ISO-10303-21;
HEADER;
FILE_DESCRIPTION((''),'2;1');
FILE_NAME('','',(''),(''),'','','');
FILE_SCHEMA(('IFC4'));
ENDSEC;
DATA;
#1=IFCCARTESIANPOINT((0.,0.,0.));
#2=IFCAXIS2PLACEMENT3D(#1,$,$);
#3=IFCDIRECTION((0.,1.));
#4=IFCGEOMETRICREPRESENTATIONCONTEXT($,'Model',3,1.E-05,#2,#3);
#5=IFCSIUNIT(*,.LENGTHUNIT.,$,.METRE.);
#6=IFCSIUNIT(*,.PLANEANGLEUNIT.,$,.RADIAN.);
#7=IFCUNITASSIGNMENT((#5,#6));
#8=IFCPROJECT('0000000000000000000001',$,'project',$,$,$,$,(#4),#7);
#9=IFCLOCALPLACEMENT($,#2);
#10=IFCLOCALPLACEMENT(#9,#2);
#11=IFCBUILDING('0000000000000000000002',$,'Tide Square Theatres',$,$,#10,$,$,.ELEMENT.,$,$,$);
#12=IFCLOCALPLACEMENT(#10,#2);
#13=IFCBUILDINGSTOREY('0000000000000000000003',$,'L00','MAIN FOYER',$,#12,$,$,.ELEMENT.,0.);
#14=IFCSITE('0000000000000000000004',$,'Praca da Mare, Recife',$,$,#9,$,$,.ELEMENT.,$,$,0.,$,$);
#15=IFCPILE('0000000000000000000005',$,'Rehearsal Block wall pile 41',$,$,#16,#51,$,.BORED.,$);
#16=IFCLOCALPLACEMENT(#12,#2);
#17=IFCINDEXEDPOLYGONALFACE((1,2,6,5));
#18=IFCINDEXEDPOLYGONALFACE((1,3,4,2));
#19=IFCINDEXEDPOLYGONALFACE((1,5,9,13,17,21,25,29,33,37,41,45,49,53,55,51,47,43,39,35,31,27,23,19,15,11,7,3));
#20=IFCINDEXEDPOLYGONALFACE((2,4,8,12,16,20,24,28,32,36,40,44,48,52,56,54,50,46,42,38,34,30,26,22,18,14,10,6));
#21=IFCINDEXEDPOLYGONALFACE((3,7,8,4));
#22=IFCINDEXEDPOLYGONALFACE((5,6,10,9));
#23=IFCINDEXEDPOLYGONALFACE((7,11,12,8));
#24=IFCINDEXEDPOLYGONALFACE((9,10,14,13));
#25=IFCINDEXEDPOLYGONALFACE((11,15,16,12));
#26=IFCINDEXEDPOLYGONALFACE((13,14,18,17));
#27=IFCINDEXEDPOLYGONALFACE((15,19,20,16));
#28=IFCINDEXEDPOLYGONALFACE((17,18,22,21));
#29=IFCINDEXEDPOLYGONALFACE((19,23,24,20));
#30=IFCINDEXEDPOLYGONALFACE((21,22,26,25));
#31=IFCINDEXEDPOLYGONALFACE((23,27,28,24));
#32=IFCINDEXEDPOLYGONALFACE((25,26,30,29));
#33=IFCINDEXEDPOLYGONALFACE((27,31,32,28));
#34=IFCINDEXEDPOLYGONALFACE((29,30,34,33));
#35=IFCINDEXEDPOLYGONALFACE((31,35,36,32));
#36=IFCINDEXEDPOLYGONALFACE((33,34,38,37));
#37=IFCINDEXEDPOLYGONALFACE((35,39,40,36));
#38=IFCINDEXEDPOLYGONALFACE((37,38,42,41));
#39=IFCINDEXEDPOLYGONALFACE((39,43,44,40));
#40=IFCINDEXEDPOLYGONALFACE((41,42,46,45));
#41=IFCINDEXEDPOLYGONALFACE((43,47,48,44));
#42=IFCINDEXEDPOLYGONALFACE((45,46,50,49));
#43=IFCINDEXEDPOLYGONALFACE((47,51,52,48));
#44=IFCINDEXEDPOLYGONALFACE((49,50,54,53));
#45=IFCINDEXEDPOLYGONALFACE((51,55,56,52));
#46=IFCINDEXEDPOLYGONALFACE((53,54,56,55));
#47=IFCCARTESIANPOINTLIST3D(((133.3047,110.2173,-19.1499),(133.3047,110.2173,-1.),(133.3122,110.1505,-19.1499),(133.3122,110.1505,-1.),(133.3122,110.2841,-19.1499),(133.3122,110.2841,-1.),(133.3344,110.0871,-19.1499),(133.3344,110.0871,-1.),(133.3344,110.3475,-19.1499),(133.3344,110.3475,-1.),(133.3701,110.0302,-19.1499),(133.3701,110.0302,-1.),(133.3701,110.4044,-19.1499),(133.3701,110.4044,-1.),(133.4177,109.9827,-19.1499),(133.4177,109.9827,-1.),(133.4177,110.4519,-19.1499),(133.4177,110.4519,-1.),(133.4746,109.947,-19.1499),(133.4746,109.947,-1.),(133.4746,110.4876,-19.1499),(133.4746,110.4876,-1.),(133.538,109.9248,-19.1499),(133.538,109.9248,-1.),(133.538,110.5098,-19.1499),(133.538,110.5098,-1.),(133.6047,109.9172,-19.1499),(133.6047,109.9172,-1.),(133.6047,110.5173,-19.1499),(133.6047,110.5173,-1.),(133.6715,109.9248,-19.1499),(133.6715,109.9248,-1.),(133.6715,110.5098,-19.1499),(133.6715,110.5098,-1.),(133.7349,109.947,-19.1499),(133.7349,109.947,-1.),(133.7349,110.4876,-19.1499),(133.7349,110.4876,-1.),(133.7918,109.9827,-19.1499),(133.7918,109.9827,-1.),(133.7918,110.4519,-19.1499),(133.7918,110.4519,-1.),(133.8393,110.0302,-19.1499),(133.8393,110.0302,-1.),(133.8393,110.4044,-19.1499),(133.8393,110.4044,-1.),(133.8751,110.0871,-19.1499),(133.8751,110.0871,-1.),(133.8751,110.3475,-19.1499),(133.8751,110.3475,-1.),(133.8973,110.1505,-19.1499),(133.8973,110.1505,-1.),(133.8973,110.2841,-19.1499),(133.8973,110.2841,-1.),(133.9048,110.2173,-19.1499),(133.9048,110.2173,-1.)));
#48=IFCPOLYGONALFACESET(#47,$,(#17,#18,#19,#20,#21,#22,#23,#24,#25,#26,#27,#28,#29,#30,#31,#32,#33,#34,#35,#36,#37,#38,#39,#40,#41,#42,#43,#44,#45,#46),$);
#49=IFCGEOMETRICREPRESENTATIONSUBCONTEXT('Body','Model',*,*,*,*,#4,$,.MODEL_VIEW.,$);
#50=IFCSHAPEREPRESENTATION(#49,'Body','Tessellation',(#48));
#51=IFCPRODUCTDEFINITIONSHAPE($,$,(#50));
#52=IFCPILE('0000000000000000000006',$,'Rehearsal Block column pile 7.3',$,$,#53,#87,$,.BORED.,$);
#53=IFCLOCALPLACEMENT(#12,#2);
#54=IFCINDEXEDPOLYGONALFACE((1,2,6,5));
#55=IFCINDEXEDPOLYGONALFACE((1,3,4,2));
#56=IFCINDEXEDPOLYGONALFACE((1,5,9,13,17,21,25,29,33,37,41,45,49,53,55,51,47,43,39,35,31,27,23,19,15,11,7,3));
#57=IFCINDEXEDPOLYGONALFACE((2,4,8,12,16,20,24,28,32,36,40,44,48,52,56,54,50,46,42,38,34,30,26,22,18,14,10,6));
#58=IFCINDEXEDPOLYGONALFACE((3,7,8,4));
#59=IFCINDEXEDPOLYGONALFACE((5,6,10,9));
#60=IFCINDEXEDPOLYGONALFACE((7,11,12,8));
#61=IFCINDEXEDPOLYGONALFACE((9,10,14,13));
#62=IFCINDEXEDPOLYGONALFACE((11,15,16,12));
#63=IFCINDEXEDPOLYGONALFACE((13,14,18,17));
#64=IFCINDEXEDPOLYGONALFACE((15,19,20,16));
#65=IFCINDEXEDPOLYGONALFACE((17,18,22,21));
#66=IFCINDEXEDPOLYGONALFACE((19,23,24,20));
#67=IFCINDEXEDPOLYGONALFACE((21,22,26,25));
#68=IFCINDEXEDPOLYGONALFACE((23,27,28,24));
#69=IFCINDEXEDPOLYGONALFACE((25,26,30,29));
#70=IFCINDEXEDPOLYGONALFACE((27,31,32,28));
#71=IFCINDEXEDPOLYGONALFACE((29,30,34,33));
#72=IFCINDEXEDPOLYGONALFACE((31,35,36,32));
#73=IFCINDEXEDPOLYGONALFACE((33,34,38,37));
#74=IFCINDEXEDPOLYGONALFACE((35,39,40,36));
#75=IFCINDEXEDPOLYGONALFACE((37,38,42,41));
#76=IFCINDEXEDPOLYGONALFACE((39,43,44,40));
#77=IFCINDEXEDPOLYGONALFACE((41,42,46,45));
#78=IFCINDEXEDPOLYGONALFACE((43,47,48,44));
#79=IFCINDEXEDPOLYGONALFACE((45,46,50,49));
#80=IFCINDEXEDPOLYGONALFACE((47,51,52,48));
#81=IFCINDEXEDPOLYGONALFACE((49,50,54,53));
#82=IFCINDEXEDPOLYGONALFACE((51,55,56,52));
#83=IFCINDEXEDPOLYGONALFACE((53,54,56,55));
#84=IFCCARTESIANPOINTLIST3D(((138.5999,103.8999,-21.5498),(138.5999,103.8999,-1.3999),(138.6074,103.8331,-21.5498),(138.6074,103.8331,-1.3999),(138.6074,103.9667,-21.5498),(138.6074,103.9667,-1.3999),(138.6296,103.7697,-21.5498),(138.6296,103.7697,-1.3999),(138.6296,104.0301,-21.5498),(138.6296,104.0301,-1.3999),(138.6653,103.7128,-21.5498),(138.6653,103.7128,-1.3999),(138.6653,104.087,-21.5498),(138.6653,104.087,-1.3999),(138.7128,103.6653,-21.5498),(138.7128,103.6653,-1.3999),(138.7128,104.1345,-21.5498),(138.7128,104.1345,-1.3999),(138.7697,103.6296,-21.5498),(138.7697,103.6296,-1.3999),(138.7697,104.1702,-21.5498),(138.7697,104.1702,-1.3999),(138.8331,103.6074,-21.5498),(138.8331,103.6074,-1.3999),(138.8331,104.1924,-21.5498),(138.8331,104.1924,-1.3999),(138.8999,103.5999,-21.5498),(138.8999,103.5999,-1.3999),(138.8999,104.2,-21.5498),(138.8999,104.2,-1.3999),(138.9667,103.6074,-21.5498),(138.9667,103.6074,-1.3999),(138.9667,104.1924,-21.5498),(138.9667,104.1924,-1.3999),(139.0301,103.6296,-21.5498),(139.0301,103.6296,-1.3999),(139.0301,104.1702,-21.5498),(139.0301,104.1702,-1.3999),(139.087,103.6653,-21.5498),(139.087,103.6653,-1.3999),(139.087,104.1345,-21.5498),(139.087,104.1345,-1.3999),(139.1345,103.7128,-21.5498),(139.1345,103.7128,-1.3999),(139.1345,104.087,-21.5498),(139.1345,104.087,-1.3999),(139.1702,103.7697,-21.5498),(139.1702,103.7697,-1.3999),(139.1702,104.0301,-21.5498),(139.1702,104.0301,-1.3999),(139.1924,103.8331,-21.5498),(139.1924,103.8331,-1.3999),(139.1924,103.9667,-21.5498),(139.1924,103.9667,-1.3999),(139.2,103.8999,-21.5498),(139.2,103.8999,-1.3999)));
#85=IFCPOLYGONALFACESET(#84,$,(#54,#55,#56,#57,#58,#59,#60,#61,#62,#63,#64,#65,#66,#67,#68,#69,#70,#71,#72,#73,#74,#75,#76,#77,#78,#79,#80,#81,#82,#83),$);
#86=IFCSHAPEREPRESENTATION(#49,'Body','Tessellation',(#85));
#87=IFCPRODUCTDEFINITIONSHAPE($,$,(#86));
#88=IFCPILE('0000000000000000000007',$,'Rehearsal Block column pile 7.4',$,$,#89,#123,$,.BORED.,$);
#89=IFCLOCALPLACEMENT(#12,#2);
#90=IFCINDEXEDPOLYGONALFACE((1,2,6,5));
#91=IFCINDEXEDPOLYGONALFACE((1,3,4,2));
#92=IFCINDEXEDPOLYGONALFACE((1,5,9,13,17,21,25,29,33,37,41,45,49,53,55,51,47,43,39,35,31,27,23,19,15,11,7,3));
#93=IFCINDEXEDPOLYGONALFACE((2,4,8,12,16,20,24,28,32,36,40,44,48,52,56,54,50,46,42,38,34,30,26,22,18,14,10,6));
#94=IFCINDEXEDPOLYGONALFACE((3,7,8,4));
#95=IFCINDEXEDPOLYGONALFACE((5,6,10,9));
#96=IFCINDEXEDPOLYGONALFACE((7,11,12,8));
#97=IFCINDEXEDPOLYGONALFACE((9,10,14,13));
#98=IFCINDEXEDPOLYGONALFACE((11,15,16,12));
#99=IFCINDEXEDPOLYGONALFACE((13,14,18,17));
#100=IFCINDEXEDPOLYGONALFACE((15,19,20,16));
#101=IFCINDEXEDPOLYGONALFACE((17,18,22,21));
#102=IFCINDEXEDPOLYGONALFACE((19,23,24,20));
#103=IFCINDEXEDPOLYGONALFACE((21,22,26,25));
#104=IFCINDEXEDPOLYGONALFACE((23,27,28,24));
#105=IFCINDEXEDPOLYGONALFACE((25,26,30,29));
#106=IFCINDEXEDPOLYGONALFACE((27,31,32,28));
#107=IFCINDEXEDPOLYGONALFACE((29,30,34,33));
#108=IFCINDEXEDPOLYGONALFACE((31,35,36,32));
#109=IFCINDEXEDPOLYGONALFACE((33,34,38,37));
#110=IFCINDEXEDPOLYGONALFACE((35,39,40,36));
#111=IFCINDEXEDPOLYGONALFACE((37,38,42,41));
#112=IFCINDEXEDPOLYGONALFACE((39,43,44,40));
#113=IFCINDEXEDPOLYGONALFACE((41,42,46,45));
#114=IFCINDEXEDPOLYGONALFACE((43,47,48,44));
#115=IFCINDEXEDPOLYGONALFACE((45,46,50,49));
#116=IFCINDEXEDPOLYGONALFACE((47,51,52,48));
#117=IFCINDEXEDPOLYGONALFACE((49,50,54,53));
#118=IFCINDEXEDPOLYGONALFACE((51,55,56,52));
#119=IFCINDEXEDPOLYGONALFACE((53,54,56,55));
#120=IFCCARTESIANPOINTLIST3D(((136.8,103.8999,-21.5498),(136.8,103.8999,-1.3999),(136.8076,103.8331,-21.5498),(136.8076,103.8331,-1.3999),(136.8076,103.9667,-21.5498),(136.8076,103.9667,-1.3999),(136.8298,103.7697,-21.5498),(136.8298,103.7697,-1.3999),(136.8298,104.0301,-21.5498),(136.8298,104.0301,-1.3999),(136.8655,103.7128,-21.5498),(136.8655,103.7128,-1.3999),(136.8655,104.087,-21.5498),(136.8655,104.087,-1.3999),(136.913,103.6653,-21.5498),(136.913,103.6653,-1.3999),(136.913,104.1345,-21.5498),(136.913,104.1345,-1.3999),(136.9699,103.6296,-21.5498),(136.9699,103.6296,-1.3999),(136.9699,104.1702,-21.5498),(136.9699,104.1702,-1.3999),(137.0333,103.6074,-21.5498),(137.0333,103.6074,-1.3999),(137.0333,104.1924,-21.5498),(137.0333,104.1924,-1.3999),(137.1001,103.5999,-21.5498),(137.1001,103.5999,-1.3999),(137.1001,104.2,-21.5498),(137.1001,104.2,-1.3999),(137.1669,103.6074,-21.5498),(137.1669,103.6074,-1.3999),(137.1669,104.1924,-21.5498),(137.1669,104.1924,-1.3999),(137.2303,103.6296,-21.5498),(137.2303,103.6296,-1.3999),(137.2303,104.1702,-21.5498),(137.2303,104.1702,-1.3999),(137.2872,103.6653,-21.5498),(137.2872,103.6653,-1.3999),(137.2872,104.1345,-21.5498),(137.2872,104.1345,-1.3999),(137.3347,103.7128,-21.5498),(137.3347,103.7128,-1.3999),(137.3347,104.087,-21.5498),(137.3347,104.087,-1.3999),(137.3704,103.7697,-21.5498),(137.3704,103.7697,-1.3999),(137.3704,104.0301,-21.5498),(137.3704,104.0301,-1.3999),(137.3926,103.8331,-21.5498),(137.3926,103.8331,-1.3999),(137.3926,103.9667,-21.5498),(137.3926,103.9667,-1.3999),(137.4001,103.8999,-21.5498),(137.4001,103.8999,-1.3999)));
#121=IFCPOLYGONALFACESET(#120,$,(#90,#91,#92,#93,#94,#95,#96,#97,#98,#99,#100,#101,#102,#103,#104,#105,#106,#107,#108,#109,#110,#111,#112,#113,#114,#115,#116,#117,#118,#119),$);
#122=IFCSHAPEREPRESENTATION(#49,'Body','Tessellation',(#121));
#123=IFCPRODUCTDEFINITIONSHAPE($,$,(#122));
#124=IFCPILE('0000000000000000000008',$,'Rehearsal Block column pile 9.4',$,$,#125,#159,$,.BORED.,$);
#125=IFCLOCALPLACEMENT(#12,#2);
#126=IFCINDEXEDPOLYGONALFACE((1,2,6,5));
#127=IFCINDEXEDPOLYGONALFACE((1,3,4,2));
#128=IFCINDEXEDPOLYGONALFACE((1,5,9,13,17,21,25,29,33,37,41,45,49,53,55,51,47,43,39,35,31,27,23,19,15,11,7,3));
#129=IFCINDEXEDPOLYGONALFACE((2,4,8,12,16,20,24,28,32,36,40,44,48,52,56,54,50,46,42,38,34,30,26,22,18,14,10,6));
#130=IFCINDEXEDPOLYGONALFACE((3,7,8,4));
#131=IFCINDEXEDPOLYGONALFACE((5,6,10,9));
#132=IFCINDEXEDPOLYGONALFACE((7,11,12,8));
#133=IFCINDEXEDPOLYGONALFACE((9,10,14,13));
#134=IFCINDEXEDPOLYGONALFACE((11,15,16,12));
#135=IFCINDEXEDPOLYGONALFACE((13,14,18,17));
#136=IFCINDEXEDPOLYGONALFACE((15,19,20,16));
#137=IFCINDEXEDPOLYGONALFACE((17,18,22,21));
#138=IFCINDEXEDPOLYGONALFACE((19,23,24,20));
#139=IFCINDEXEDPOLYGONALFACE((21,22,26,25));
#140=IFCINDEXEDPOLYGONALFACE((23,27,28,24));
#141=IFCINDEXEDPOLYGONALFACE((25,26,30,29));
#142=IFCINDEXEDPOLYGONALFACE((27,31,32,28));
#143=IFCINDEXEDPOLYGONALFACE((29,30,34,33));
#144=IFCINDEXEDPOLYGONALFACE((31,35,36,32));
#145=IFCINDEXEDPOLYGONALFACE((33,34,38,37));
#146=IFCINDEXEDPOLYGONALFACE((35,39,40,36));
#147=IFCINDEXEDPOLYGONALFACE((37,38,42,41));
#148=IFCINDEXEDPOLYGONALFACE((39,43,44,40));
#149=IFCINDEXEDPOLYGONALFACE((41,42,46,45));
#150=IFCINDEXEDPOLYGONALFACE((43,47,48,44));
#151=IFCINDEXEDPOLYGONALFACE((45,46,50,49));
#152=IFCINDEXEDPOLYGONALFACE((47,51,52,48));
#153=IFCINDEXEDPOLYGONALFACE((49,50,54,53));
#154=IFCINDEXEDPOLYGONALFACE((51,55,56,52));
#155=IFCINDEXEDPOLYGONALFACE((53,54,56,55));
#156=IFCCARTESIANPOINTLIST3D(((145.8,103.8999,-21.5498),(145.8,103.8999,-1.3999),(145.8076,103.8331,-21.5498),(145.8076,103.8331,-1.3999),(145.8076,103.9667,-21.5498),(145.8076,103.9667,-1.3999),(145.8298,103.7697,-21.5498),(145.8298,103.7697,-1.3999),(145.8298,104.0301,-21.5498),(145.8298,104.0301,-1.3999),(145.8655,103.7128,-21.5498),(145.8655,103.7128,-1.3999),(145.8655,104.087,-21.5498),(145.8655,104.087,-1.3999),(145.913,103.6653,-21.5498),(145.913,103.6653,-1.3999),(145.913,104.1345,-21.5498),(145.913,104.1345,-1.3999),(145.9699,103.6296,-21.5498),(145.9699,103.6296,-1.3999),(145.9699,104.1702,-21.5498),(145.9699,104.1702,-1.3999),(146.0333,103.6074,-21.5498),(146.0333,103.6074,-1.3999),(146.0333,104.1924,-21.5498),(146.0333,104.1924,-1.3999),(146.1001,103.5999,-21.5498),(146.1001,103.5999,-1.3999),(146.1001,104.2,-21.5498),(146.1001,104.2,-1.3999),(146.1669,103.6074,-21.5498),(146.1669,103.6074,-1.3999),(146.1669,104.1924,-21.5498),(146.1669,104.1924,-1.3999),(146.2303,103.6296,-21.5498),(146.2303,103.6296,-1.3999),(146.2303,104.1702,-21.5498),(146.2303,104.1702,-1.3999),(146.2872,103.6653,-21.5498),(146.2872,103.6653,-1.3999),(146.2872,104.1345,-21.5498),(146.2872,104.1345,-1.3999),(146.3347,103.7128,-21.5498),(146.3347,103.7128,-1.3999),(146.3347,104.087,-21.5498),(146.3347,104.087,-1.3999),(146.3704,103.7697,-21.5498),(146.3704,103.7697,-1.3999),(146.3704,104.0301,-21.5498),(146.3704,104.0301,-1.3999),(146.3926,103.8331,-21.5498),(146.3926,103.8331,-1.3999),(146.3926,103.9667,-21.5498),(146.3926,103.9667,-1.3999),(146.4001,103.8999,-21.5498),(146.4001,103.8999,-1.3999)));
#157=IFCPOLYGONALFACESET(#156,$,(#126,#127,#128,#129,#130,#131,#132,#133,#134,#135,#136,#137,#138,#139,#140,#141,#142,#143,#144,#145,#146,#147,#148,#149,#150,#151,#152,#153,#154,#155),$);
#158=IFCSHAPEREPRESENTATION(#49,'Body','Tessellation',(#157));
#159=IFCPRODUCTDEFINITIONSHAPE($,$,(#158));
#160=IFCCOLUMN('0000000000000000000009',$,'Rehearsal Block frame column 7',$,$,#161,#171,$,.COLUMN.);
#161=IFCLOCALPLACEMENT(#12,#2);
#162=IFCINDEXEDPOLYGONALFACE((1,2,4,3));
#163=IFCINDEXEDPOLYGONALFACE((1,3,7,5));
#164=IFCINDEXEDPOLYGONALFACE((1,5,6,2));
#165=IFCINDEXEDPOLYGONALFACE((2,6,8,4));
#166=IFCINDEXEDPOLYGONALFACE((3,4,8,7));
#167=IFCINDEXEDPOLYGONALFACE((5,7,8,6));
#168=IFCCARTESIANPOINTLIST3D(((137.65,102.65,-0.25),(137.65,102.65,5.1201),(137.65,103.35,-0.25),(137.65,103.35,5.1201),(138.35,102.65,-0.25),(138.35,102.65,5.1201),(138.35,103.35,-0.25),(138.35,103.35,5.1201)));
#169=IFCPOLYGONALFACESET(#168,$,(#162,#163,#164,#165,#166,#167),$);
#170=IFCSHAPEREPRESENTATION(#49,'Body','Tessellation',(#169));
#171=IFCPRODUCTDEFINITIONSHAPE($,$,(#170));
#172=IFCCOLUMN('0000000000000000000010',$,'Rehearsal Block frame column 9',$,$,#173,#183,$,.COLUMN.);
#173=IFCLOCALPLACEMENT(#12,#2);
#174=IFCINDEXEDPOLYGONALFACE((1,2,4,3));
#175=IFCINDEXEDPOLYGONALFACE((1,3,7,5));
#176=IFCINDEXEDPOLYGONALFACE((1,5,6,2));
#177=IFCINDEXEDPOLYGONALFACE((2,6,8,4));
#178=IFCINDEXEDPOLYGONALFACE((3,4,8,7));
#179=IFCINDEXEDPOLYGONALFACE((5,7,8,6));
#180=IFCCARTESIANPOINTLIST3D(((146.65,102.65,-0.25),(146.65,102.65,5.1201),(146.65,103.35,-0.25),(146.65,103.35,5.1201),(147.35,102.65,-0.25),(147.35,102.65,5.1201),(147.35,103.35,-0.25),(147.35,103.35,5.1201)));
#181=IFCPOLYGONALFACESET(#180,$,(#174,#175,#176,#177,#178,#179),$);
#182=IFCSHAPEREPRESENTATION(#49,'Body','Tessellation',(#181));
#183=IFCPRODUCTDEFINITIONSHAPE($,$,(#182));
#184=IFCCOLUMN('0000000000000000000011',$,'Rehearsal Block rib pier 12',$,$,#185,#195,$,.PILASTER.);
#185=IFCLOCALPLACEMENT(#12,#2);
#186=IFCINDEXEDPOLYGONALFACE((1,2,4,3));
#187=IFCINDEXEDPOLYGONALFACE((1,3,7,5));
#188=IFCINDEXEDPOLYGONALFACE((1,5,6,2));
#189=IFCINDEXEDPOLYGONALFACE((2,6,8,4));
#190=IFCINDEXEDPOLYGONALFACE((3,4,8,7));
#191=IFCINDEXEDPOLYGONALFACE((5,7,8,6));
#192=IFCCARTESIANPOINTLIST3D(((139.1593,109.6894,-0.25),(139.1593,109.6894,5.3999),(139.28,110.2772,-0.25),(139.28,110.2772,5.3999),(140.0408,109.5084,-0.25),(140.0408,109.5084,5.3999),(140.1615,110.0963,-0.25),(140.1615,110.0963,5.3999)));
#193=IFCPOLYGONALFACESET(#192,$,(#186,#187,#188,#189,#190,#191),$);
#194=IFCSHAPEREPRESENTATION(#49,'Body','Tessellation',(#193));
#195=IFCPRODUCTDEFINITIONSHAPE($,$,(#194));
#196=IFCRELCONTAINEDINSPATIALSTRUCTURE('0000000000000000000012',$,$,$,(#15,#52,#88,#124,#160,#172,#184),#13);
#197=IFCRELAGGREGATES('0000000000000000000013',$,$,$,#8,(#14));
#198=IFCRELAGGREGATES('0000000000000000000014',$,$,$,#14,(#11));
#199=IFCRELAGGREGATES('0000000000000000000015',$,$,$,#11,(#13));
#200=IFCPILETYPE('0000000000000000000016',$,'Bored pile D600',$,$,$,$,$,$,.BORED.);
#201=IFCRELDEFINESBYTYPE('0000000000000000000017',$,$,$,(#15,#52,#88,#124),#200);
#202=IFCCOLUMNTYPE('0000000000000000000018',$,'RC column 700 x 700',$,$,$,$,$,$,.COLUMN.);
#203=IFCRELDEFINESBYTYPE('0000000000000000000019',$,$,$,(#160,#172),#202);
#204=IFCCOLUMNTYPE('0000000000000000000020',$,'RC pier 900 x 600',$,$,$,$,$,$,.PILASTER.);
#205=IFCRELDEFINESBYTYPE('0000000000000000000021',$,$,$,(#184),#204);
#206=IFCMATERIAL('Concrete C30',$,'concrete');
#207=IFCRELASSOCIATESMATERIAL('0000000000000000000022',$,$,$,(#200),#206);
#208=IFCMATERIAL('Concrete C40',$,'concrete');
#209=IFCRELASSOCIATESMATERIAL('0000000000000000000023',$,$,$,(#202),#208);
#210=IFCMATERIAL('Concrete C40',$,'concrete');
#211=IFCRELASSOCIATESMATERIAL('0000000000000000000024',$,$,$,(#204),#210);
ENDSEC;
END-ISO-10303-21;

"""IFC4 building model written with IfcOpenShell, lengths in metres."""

from ifc_helpers import new_model, si_unit, direction, frame, origin, origin_2d, place, context, subcontext, project, spatial, rectangle, circle, extrude, material, material_profile, profile_set, type_object, element, save


model = new_model("IFC4")

# Units and contexts
model_context = context("Model", 3, precision=1e-05, world=origin(), true_north=direction((0.0, 1.0)))
body_context = subcontext(model_context, "Body", "Model", "MODEL_VIEW")
ifc_project = project(units=[si_unit("LENGTHUNIT", "METRE"), si_unit("PLANEANGLEUNIT", "RADIAN")], contexts=[model_context])

# Site, building, storey
site_placement = place(None, origin())
site = spatial("IfcSite", under=ifc_project, at=site_placement, Name="Praca da Mare, Recife", CompositionType="ELEMENT", RefElevation=0.0)
building_placement = place(site_placement, origin())
building = spatial("IfcBuilding", under=site, at=building_placement, Name="Tide Square Theatres", CompositionType="ELEMENT")
storey_placement = place(building_placement, origin())
storey = spatial("IfcBuildingStorey", under=building, at=storey_placement, Name="L00", Description="MAIN FOYER", CompositionType="ELEMENT", Elevation=0.0)

# Piles
ifc_material_1 = material(Name="Concrete C30", Category="concrete")
ifc_material_profile_1 = material_profile(ifc_material_1, circle(Radius=0.3, at=origin_2d()))
ifc_profile_set_1 = profile_set([ifc_material_profile_1], Name="Concrete C30")
pile_type = type_object("IfcPileType", Name="Bored pile D600", PredefinedType="BORED", material=ifc_profile_set_1)
for number, where, z_axis, x_axis, name in (
    (1, (133.6047, 110.2173, -1.0), (0.0, 0.0, -1.0), (1.0, 0.0, 0.0), "Rehearsal Block wall pile 41"),
):
    element("IfcPile", number, at=place(storey_placement, frame(where, z_axis=z_axis, x_axis=x_axis)), inside=storey, type_object=pile_type, Name=name, PredefinedType="BORED", context=body_context, shape_type="SweptSolid", body=[
        extrude(circle(Radius=0.3, at=origin_2d()), origin(), (0.0, 0.0, 1.0), 18.1499),
    ])
for number, where, z_axis, x_axis, name in (
    (2, (138.8999, 103.8999, -1.3999), (0.0, 0.0, -1.0), (1.0, 0.0, 0.0), "Rehearsal Block column pile 7.3"),
    (3, (137.1001, 103.8999, -1.3999), (0.0, 0.0, -1.0), (1.0, 0.0, 0.0), "Rehearsal Block column pile 7.4"),
    (4, (146.1001, 103.8999, -1.3999), (0.0, 0.0, -1.0), (1.0, 0.0, 0.0), "Rehearsal Block column pile 9.4"),
):
    element("IfcPile", number, at=place(storey_placement, frame(where, z_axis=z_axis, x_axis=x_axis)), inside=storey, type_object=pile_type, Name=name, PredefinedType="BORED", context=body_context, shape_type="SweptSolid", body=[
        extrude(circle(Radius=0.3, at=origin_2d()), origin(), (0.0, 0.0, 1.0), 20.1499),
    ])

# Columns
ifc_material_2 = material(Name="Concrete C40", Category="concrete")
ifc_material_profile_2 = material_profile(ifc_material_2, rectangle(XDim=0.7, YDim=0.7, at=origin_2d()))
ifc_profile_set_2 = profile_set([ifc_material_profile_2], Name="Concrete C40")
column_type_1 = type_object("IfcColumnType", Name="RC column 700 x 700", PredefinedType="COLUMN", material=ifc_profile_set_2)
for number, where, z_axis, x_axis, name in (
    (5, (138.0, 103.0, -0.25), (0.0, 0.0, 1.0), (1.0, 0.0, 0.0), "Rehearsal Block frame column 7"),
    (6, (147.0, 103.0, -0.25), (0.0, 0.0, 1.0), (1.0, 0.0, 0.0), "Rehearsal Block frame column 9"),
):
    element("IfcColumn", number, at=place(storey_placement, frame(where, z_axis=z_axis, x_axis=x_axis)), inside=storey, type_object=column_type_1, Name=name, PredefinedType="COLUMN", context=body_context, shape_type="SweptSolid", body=[
        extrude(rectangle(XDim=0.7, YDim=0.7, at=origin_2d()), origin(), (0.0, 0.0, 1.0), 5.3701),
    ])
ifc_material_3 = material(Name="Concrete C40", Category="concrete")
ifc_material_profile_3 = material_profile(ifc_material_3, rectangle(XDim=0.8999, YDim=0.6001, at=origin_2d()))
ifc_profile_set_3 = profile_set([ifc_material_profile_3], Name="Concrete C40")
column_type_2 = type_object("IfcColumnType", Name="RC pier 900 x 600", PredefinedType="PILASTER", material=ifc_profile_set_3)
column_placement = place(storey_placement, frame((139.6604, 109.8928, -0.25), z_axis=(0.0, 0.0, 1.0), x_axis=(-0.979575, 0.201079, 0.0)))
element("IfcColumn", 7, at=column_placement, inside=storey, type_object=column_type_2, Name="Rehearsal Block rib pier 12", PredefinedType="PILASTER", context=body_context, shape_type="SweptSolid", body=[
    extrude(rectangle(XDim=0.8999, YDim=0.6001, at=origin_2d()), origin(), (0.0, 0.0, 1.0), 5.6499),
])

save(model, "model.ifc")
